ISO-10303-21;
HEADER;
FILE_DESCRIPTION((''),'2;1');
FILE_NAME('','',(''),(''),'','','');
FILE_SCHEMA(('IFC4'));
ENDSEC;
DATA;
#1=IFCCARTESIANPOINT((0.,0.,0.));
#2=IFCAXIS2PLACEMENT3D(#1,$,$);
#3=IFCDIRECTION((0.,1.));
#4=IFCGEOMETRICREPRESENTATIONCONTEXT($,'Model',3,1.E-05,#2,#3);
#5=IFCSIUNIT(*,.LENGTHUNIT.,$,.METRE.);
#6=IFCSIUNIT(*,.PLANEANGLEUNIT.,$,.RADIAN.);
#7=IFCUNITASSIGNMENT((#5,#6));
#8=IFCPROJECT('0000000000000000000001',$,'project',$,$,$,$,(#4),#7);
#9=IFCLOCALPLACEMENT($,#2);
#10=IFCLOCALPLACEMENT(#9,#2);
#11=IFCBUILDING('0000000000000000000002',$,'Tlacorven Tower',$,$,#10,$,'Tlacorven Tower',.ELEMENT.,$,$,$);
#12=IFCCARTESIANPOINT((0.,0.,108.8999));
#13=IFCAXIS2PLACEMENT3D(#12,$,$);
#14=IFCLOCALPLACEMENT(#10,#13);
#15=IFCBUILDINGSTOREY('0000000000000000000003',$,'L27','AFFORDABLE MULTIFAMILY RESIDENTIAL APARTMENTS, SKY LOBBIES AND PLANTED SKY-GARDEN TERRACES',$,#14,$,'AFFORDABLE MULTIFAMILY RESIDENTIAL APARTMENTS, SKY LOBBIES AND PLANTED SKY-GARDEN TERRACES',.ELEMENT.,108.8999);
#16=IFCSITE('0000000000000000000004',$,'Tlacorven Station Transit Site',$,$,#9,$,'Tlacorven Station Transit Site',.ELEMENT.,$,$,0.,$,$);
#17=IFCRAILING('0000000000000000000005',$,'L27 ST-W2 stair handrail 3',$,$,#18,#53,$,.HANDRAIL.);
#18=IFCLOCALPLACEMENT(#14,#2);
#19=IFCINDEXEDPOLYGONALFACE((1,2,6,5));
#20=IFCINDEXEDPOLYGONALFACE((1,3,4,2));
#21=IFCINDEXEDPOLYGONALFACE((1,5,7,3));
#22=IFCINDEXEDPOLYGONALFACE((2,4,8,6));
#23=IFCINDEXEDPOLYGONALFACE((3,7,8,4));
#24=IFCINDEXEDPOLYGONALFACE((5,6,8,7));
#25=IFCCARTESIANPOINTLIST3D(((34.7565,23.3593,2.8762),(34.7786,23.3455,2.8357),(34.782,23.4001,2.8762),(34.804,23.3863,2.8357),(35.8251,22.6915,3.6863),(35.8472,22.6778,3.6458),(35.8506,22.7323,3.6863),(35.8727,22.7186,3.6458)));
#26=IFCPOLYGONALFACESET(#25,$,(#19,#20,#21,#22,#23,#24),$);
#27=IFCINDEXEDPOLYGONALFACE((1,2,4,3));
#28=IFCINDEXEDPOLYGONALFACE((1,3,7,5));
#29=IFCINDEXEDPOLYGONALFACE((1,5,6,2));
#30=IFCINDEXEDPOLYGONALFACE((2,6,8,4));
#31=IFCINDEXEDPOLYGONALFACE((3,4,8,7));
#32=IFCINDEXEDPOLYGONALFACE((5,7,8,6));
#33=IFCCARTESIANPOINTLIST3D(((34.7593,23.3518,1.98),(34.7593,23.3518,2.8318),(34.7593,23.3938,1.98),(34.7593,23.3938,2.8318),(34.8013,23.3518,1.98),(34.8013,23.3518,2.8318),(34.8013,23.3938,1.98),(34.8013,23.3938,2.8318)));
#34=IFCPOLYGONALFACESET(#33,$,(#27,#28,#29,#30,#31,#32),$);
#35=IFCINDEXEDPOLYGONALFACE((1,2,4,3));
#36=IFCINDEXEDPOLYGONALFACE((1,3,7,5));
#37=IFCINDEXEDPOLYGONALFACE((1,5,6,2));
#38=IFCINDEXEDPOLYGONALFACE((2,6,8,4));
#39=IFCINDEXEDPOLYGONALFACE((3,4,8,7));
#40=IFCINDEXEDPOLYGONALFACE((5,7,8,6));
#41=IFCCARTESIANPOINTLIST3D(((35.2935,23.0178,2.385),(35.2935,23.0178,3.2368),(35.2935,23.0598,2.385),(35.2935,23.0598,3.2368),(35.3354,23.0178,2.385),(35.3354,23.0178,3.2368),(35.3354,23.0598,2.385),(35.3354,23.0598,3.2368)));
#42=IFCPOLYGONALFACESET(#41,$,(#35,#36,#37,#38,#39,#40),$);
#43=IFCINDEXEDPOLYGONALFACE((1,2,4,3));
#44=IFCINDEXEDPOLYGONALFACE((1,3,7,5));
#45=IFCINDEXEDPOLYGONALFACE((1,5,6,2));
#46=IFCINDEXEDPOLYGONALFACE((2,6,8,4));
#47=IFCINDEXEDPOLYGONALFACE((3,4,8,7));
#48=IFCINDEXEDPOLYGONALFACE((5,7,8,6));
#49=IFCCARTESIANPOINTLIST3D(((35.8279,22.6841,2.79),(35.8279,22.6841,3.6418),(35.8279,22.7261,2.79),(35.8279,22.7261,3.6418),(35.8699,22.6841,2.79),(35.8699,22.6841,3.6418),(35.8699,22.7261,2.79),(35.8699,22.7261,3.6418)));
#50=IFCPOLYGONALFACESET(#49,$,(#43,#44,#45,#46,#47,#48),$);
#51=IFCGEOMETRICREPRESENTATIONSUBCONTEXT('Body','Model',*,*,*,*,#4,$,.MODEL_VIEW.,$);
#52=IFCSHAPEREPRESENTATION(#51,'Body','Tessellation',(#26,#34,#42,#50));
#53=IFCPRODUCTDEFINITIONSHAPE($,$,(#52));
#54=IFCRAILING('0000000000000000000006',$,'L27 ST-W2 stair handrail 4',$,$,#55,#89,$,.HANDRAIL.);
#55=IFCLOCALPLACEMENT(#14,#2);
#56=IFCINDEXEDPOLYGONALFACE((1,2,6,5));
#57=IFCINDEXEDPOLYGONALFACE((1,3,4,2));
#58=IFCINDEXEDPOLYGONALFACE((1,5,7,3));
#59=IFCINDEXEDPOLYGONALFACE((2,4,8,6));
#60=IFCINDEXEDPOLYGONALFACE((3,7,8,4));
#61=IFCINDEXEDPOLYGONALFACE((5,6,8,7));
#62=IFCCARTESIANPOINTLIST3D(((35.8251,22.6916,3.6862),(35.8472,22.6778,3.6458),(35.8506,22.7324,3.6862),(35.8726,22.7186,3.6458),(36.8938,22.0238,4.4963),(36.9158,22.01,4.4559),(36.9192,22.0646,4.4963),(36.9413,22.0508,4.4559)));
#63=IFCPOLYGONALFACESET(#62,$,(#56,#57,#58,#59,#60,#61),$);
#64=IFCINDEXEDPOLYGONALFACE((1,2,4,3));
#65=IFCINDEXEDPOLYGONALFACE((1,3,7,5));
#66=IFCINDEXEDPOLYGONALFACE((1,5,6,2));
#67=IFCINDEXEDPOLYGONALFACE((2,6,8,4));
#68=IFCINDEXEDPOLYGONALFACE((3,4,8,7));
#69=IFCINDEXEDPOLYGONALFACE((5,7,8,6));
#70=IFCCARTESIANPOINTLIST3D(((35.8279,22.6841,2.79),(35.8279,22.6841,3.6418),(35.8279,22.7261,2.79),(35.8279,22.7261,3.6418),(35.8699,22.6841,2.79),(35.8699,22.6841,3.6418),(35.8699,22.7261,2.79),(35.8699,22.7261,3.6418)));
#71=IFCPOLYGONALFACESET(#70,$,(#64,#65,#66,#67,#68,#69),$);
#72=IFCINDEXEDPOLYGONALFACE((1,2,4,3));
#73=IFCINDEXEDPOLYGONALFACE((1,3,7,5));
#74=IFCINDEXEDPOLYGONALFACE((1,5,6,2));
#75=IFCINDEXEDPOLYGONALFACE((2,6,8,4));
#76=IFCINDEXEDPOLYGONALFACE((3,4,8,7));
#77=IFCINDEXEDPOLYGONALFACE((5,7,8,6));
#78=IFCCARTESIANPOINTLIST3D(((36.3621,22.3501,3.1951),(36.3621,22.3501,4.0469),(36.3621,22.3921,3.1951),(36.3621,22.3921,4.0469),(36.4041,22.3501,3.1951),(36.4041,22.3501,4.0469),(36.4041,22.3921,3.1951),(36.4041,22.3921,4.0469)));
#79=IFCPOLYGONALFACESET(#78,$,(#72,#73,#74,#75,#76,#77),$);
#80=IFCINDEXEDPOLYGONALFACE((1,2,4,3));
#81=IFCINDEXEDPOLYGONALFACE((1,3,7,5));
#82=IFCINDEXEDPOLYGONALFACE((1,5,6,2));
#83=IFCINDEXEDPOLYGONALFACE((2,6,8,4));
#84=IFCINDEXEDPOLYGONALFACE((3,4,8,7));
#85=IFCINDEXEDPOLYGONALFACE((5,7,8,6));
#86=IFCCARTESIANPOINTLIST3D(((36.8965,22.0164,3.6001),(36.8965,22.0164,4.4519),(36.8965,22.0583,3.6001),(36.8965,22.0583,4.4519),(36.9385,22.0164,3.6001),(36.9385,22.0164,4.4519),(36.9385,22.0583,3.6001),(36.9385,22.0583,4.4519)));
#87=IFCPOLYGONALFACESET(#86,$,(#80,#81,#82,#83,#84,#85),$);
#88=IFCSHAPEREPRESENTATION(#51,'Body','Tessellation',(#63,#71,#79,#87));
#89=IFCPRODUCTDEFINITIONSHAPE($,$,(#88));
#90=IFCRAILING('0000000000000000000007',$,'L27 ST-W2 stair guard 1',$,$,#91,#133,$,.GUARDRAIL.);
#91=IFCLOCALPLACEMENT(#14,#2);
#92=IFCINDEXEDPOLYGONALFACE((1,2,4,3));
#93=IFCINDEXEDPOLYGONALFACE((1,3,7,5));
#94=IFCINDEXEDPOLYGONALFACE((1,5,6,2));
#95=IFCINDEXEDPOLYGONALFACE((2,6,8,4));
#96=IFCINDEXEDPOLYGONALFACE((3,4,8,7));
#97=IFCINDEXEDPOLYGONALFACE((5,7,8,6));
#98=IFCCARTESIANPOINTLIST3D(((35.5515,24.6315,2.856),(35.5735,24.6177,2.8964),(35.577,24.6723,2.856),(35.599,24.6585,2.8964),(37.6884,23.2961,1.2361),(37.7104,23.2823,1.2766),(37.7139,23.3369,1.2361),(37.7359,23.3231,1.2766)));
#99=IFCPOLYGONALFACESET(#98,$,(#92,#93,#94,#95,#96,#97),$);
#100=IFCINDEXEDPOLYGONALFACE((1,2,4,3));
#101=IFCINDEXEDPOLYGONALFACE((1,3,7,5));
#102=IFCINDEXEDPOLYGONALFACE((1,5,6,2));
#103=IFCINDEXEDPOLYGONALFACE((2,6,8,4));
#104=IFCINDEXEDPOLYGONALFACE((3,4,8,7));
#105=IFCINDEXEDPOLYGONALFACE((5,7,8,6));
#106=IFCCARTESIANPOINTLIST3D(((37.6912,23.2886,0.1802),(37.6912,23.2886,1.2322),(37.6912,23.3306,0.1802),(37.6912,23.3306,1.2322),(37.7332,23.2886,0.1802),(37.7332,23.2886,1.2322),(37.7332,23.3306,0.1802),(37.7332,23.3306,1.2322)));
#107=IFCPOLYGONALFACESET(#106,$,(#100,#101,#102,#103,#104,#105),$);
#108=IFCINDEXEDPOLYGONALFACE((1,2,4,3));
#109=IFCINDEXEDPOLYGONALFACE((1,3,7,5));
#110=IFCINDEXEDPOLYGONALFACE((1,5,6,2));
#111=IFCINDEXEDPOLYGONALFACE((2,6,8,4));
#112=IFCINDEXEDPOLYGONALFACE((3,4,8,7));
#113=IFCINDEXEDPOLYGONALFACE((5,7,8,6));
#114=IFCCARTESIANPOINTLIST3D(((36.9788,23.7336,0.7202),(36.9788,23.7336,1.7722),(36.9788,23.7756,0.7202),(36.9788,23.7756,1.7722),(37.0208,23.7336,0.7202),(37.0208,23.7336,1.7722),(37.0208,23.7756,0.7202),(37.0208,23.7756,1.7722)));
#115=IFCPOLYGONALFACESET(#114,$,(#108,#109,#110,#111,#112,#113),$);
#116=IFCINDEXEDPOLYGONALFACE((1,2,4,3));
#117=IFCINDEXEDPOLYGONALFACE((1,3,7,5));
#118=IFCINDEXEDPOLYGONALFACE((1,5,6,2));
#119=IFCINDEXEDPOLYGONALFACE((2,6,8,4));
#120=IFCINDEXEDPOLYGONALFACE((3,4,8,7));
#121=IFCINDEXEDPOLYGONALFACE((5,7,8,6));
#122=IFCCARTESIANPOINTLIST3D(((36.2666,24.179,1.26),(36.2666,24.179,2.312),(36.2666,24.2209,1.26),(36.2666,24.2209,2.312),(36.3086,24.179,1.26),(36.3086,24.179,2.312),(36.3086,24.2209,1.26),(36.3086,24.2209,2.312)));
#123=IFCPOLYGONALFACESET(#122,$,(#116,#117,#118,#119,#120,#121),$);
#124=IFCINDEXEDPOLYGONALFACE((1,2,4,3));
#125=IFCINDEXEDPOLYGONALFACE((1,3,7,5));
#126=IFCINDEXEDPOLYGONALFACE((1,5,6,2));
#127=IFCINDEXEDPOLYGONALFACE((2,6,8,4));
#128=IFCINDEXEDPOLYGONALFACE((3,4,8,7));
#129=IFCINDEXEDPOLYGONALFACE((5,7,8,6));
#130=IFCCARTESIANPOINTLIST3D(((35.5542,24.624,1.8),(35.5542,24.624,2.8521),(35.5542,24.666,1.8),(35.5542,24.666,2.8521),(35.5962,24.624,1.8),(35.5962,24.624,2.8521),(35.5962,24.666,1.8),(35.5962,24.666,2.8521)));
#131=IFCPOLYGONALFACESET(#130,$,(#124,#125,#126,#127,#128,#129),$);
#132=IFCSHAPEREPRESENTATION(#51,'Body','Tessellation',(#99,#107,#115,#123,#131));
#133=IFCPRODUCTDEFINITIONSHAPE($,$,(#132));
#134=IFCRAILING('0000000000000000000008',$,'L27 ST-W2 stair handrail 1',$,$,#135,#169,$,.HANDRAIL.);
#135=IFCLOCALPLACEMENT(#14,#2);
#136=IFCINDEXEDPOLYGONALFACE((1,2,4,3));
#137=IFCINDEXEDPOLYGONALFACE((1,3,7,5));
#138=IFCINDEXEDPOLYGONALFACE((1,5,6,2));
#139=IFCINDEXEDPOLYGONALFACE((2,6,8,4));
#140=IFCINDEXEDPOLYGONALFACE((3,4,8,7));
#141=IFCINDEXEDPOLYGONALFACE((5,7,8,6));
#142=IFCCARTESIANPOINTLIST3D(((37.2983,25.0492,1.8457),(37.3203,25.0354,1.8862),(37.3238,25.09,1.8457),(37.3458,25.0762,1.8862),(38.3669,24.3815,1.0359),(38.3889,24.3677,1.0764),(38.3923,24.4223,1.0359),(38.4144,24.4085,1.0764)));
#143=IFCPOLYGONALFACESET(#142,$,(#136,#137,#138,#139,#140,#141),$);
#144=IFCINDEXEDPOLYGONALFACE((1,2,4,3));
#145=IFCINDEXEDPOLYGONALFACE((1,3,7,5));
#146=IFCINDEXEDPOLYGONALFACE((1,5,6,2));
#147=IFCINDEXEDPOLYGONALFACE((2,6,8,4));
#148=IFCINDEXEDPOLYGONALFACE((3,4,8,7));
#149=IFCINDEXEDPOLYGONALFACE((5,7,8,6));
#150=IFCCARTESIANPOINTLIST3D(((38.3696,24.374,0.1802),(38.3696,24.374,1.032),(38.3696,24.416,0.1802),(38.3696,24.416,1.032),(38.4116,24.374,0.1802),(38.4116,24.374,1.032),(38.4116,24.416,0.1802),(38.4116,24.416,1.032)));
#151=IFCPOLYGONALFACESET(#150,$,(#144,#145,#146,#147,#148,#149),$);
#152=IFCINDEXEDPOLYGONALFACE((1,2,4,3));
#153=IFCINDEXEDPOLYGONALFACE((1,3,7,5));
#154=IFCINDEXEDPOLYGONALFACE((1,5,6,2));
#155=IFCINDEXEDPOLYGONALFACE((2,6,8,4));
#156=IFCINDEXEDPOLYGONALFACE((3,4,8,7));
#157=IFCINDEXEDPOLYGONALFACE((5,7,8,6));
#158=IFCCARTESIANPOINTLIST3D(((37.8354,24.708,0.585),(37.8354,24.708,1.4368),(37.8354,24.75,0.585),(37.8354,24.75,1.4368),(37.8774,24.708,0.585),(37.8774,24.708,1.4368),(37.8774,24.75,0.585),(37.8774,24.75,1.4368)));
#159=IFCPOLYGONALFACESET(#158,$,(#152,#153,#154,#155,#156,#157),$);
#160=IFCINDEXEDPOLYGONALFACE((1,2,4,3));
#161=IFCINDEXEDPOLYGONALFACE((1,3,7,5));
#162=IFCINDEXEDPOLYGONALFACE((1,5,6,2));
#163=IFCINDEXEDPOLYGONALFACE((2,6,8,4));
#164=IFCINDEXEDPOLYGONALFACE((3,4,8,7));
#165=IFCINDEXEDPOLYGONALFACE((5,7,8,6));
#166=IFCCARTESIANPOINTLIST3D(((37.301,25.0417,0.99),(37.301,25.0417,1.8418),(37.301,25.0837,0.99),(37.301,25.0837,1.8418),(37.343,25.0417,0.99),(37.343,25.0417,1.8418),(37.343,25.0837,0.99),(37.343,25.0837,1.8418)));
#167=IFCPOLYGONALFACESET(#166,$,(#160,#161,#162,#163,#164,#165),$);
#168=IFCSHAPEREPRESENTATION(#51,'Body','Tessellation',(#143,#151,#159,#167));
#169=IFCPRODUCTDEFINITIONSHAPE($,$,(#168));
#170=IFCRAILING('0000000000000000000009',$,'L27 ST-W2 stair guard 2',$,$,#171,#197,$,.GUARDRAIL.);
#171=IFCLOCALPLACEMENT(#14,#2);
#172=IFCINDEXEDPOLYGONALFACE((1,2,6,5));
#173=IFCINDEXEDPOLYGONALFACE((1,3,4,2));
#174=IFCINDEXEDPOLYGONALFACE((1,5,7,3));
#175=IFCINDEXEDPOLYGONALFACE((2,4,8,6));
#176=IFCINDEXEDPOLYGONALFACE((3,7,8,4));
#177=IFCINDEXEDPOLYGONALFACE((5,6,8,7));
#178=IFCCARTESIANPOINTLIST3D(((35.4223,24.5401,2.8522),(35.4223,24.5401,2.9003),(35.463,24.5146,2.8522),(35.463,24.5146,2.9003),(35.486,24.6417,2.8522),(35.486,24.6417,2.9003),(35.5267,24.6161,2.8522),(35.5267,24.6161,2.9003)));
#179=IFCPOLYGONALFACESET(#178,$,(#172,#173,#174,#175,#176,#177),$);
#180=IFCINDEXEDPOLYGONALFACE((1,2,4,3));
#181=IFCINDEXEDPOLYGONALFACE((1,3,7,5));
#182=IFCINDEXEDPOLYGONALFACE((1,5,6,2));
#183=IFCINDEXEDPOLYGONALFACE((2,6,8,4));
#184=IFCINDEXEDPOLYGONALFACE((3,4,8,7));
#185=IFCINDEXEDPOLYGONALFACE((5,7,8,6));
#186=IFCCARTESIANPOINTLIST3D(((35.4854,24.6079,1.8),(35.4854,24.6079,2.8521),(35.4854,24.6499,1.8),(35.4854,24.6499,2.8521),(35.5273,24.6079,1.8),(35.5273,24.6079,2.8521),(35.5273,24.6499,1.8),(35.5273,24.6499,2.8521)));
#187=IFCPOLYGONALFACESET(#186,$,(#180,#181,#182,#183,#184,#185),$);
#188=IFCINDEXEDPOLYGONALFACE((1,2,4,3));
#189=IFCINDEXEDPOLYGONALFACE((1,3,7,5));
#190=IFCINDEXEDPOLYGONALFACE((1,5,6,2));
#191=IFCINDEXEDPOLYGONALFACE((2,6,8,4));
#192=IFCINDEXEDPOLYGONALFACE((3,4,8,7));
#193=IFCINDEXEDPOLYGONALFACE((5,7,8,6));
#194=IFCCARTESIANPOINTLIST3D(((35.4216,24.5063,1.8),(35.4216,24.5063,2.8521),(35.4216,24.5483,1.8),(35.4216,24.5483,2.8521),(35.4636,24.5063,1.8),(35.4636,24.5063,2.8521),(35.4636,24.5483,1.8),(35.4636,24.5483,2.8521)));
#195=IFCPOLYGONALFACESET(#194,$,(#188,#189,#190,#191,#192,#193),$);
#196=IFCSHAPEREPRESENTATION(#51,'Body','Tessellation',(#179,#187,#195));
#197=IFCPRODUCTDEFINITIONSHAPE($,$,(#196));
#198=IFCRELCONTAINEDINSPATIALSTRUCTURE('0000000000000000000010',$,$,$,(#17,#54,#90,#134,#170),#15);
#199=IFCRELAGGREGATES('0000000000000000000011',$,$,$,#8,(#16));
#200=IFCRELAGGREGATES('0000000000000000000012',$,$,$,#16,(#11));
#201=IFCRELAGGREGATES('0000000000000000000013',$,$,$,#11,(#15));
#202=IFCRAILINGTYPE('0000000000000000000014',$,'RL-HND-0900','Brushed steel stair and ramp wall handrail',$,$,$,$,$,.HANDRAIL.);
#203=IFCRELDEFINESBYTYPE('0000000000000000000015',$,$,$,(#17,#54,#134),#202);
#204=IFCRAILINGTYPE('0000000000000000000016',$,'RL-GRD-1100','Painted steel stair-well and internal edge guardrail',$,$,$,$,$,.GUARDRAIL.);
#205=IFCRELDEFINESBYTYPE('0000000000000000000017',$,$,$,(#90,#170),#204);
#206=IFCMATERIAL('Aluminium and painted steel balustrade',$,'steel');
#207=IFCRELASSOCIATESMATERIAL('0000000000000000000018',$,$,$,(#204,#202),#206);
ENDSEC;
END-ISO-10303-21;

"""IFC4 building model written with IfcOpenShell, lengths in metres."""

from ifc_helpers import new_model, si_unit, direction, frame, origin, origin_2d, place, context, subcontext, project, spatial, rectangle, extrude, source, transform, mapped, material, type_object, element, save


model = new_model("IFC4")

# Units and contexts
model_context = context("Model", 3, precision=1e-05, world=origin(), true_north=direction((0.0, 1.0)))
body_context = subcontext(model_context, "Body", "Model", "MODEL_VIEW")
ifc_project = project(units=[si_unit("LENGTHUNIT", "METRE"), si_unit("PLANEANGLEUNIT", "RADIAN")], contexts=[model_context])

# Site, building, storey
site_placement = place(None, origin())
site = spatial("IfcSite", under=ifc_project, at=site_placement, Name="Tlacorven Station Transit Site", LongName="Tlacorven Station Transit Site", CompositionType="ELEMENT", RefElevation=0.0)
building_placement = place(site_placement, origin())
building = spatial("IfcBuilding", under=site, at=building_placement, Name="Tlacorven Tower", LongName="Tlacorven Tower", CompositionType="ELEMENT")
storey_placement = place(building_placement, frame((0.0, 0.0, 108.8999)))
storey = spatial("IfcBuildingStorey", under=building, at=storey_placement, Name="L27", Description="AFFORDABLE MULTIFAMILY RESIDENTIAL APARTMENTS, SKY LOBBIES AND PLANTED SKY-GARDEN TERRACES", LongName="AFFORDABLE MULTIFAMILY RESIDENTIAL APARTMENTS, SKY LOBBIES AND PLANTED SKY-GARDEN TERRACES", CompositionType="ELEMENT", Elevation=108.8999)

# Railings
ifc_material_1 = material(Name="Aluminium and painted steel balustrade", Category="steel")
railing_type_1 = type_object("IfcRailingType", Name="RL-GRD-1100", Description="Painted steel stair-well and internal edge guardrail", PredefinedType="GUARDRAIL", material=ifc_material_1)
railing_type_2 = type_object("IfcRailingType", Name="RL-HND-0900", Description="Brushed steel stair and ramp wall handrail", PredefinedType="HANDRAIL", material=ifc_material_1)
shared_shape_1 = source(origin(), body_context, "Body", "SweptSolid", [
    extrude(rectangle(XDim=0.0481, YDim=0.0481, at=origin_2d()), frame((0.0, 0.0, 0.876), z_axis=(0.71336, -0.445748, 0.540765), x_axis=(0.529912, 0.848053, 0.0)), (0.0, 0.0, 1.0), 1.498),
    extrude(rectangle(XDim=0.042, YDim=0.042, at=origin_2d()), origin(), (0.0, 0.0, 1.0), 0.8518),
    extrude(rectangle(XDim=0.042, YDim=0.042, at=origin_2d()), frame((0.5342, -0.334, 0.405)), (0.0, 0.0, 1.0), 0.8518),
    extrude(rectangle(XDim=0.042, YDim=0.042, at=origin_2d()), frame((1.0686, -0.6677, 0.8101)), (0.0, 0.0, 1.0), 0.8518),
])
for number, where, name in (
    (1, (34.7803, 23.3728, 1.98), "L27 ST-W2 stair handrail 3"),
    (2, (35.8489, 22.7051, 2.79), "L27 ST-W2 stair handrail 4"),
):
    element("IfcRailing", number, at=place(storey_placement, frame(where)), inside=storey, type_object=railing_type_2, Name=name, PredefinedType="HANDRAIL", context=body_context, shape_type="MappedRepresentation", body=[
        mapped(shared_shape_1, transform((0.0, 0.0, 0.0), scale=1.0)),
    ])
shared_shape_2 = source(origin(), body_context, "Body", "SweptSolid", [
    extrude(rectangle(XDim=0.0481, YDim=0.0481, at=origin_2d()), frame((0.0, 0.0, 1.0762), z_axis=(-0.713351, 0.445794, 0.540739), x_axis=(-0.529955, -0.848026, 0.0)), (0.0, 0.0, 1.0), 2.9956),
    extrude(rectangle(XDim=0.042, YDim=0.042, at=origin_2d()), origin(), (0.0, 0.0, 1.0), 1.052),
    extrude(rectangle(XDim=0.042, YDim=0.042, at=origin_2d()), frame((-0.7124, 0.4451, 0.54)), (0.0, 0.0, 1.0), 1.052),
    extrude(rectangle(XDim=0.042, YDim=0.042, at=origin_2d()), frame((-1.4246, 0.8904, 1.0798)), (0.0, 0.0, 1.0), 1.052),
    extrude(rectangle(XDim=0.042, YDim=0.042, at=origin_2d()), frame((-2.137, 1.3354, 1.6199)), (0.0, 0.0, 1.0), 1.052),
])
railing_1_placement = place(storey_placement, frame((37.7122, 23.3096, 0.1802)))
element("IfcRailing", 3, at=railing_1_placement, inside=storey, type_object=railing_type_1, Name="L27 ST-W2 stair guard 1", PredefinedType="GUARDRAIL", context=body_context, shape_type="MappedRepresentation", body=[
    mapped(shared_shape_2, transform((0.0, 0.0, 0.0), scale=1.0)),
])
shared_shape_3 = source(origin(), body_context, "Body", "SweptSolid", [
    extrude(rectangle(XDim=0.0481, YDim=0.0481, at=origin_2d()), frame((0.0, 0.0, 0.876), z_axis=(-0.713423, 0.445787, 0.540649), x_axis=(-0.529912, -0.848053, 0.0)), (0.0, 0.0, 1.0), 1.4978),
    extrude(rectangle(XDim=0.042, YDim=0.042, at=origin_2d()), origin(), (0.0, 0.0, 1.0), 0.8518),
    extrude(rectangle(XDim=0.042, YDim=0.042, at=origin_2d()), frame((-0.5342, 0.334, 0.4048)), (0.0, 0.0, 1.0), 0.8518),
    extrude(rectangle(XDim=0.042, YDim=0.042, at=origin_2d()), frame((-1.0686, 0.6677, 0.8098)), (0.0, 0.0, 1.0), 0.8518),
])
railing_2_placement = place(storey_placement, frame((38.3906, 24.395, 0.1802)))
element("IfcRailing", 4, at=railing_2_placement, inside=storey, type_object=railing_type_2, Name="L27 ST-W2 stair handrail 1", PredefinedType="HANDRAIL", context=body_context, shape_type="MappedRepresentation", body=[
    mapped(shared_shape_3, transform((0.0, 0.0, 0.0), scale=1.0)),
])
shared_shape_4 = source(origin(), body_context, "Body", "SweptSolid", [
    extrude(rectangle(XDim=0.0481, YDim=0.0481, at=origin_2d()), frame((0.0, 0.0, 1.0762), z_axis=(-0.531462, -0.847082, 0.0), x_axis=(0.847082, -0.531462, 0.0)), (0.0, 0.0, 1.0), 0.1199),
    extrude(rectangle(XDim=0.042, YDim=0.042, at=origin_2d()), origin(), (0.0, 0.0, 1.0), 1.052),
    extrude(rectangle(XDim=0.042, YDim=0.042, at=origin_2d()), frame((-0.0637, -0.1016, 0.0)), (0.0, 0.0, 1.0), 1.052),
])
railing_3_placement = place(storey_placement, frame((35.5063, 24.6289, 1.8)))
element("IfcRailing", 5, at=railing_3_placement, inside=storey, type_object=railing_type_1, Name="L27 ST-W2 stair guard 2", PredefinedType="GUARDRAIL", context=body_context, shape_type="MappedRepresentation", body=[
    mapped(shared_shape_4, transform((0.0, 0.0, 0.0), scale=1.0)),
])

save(model, "model.ifc")
